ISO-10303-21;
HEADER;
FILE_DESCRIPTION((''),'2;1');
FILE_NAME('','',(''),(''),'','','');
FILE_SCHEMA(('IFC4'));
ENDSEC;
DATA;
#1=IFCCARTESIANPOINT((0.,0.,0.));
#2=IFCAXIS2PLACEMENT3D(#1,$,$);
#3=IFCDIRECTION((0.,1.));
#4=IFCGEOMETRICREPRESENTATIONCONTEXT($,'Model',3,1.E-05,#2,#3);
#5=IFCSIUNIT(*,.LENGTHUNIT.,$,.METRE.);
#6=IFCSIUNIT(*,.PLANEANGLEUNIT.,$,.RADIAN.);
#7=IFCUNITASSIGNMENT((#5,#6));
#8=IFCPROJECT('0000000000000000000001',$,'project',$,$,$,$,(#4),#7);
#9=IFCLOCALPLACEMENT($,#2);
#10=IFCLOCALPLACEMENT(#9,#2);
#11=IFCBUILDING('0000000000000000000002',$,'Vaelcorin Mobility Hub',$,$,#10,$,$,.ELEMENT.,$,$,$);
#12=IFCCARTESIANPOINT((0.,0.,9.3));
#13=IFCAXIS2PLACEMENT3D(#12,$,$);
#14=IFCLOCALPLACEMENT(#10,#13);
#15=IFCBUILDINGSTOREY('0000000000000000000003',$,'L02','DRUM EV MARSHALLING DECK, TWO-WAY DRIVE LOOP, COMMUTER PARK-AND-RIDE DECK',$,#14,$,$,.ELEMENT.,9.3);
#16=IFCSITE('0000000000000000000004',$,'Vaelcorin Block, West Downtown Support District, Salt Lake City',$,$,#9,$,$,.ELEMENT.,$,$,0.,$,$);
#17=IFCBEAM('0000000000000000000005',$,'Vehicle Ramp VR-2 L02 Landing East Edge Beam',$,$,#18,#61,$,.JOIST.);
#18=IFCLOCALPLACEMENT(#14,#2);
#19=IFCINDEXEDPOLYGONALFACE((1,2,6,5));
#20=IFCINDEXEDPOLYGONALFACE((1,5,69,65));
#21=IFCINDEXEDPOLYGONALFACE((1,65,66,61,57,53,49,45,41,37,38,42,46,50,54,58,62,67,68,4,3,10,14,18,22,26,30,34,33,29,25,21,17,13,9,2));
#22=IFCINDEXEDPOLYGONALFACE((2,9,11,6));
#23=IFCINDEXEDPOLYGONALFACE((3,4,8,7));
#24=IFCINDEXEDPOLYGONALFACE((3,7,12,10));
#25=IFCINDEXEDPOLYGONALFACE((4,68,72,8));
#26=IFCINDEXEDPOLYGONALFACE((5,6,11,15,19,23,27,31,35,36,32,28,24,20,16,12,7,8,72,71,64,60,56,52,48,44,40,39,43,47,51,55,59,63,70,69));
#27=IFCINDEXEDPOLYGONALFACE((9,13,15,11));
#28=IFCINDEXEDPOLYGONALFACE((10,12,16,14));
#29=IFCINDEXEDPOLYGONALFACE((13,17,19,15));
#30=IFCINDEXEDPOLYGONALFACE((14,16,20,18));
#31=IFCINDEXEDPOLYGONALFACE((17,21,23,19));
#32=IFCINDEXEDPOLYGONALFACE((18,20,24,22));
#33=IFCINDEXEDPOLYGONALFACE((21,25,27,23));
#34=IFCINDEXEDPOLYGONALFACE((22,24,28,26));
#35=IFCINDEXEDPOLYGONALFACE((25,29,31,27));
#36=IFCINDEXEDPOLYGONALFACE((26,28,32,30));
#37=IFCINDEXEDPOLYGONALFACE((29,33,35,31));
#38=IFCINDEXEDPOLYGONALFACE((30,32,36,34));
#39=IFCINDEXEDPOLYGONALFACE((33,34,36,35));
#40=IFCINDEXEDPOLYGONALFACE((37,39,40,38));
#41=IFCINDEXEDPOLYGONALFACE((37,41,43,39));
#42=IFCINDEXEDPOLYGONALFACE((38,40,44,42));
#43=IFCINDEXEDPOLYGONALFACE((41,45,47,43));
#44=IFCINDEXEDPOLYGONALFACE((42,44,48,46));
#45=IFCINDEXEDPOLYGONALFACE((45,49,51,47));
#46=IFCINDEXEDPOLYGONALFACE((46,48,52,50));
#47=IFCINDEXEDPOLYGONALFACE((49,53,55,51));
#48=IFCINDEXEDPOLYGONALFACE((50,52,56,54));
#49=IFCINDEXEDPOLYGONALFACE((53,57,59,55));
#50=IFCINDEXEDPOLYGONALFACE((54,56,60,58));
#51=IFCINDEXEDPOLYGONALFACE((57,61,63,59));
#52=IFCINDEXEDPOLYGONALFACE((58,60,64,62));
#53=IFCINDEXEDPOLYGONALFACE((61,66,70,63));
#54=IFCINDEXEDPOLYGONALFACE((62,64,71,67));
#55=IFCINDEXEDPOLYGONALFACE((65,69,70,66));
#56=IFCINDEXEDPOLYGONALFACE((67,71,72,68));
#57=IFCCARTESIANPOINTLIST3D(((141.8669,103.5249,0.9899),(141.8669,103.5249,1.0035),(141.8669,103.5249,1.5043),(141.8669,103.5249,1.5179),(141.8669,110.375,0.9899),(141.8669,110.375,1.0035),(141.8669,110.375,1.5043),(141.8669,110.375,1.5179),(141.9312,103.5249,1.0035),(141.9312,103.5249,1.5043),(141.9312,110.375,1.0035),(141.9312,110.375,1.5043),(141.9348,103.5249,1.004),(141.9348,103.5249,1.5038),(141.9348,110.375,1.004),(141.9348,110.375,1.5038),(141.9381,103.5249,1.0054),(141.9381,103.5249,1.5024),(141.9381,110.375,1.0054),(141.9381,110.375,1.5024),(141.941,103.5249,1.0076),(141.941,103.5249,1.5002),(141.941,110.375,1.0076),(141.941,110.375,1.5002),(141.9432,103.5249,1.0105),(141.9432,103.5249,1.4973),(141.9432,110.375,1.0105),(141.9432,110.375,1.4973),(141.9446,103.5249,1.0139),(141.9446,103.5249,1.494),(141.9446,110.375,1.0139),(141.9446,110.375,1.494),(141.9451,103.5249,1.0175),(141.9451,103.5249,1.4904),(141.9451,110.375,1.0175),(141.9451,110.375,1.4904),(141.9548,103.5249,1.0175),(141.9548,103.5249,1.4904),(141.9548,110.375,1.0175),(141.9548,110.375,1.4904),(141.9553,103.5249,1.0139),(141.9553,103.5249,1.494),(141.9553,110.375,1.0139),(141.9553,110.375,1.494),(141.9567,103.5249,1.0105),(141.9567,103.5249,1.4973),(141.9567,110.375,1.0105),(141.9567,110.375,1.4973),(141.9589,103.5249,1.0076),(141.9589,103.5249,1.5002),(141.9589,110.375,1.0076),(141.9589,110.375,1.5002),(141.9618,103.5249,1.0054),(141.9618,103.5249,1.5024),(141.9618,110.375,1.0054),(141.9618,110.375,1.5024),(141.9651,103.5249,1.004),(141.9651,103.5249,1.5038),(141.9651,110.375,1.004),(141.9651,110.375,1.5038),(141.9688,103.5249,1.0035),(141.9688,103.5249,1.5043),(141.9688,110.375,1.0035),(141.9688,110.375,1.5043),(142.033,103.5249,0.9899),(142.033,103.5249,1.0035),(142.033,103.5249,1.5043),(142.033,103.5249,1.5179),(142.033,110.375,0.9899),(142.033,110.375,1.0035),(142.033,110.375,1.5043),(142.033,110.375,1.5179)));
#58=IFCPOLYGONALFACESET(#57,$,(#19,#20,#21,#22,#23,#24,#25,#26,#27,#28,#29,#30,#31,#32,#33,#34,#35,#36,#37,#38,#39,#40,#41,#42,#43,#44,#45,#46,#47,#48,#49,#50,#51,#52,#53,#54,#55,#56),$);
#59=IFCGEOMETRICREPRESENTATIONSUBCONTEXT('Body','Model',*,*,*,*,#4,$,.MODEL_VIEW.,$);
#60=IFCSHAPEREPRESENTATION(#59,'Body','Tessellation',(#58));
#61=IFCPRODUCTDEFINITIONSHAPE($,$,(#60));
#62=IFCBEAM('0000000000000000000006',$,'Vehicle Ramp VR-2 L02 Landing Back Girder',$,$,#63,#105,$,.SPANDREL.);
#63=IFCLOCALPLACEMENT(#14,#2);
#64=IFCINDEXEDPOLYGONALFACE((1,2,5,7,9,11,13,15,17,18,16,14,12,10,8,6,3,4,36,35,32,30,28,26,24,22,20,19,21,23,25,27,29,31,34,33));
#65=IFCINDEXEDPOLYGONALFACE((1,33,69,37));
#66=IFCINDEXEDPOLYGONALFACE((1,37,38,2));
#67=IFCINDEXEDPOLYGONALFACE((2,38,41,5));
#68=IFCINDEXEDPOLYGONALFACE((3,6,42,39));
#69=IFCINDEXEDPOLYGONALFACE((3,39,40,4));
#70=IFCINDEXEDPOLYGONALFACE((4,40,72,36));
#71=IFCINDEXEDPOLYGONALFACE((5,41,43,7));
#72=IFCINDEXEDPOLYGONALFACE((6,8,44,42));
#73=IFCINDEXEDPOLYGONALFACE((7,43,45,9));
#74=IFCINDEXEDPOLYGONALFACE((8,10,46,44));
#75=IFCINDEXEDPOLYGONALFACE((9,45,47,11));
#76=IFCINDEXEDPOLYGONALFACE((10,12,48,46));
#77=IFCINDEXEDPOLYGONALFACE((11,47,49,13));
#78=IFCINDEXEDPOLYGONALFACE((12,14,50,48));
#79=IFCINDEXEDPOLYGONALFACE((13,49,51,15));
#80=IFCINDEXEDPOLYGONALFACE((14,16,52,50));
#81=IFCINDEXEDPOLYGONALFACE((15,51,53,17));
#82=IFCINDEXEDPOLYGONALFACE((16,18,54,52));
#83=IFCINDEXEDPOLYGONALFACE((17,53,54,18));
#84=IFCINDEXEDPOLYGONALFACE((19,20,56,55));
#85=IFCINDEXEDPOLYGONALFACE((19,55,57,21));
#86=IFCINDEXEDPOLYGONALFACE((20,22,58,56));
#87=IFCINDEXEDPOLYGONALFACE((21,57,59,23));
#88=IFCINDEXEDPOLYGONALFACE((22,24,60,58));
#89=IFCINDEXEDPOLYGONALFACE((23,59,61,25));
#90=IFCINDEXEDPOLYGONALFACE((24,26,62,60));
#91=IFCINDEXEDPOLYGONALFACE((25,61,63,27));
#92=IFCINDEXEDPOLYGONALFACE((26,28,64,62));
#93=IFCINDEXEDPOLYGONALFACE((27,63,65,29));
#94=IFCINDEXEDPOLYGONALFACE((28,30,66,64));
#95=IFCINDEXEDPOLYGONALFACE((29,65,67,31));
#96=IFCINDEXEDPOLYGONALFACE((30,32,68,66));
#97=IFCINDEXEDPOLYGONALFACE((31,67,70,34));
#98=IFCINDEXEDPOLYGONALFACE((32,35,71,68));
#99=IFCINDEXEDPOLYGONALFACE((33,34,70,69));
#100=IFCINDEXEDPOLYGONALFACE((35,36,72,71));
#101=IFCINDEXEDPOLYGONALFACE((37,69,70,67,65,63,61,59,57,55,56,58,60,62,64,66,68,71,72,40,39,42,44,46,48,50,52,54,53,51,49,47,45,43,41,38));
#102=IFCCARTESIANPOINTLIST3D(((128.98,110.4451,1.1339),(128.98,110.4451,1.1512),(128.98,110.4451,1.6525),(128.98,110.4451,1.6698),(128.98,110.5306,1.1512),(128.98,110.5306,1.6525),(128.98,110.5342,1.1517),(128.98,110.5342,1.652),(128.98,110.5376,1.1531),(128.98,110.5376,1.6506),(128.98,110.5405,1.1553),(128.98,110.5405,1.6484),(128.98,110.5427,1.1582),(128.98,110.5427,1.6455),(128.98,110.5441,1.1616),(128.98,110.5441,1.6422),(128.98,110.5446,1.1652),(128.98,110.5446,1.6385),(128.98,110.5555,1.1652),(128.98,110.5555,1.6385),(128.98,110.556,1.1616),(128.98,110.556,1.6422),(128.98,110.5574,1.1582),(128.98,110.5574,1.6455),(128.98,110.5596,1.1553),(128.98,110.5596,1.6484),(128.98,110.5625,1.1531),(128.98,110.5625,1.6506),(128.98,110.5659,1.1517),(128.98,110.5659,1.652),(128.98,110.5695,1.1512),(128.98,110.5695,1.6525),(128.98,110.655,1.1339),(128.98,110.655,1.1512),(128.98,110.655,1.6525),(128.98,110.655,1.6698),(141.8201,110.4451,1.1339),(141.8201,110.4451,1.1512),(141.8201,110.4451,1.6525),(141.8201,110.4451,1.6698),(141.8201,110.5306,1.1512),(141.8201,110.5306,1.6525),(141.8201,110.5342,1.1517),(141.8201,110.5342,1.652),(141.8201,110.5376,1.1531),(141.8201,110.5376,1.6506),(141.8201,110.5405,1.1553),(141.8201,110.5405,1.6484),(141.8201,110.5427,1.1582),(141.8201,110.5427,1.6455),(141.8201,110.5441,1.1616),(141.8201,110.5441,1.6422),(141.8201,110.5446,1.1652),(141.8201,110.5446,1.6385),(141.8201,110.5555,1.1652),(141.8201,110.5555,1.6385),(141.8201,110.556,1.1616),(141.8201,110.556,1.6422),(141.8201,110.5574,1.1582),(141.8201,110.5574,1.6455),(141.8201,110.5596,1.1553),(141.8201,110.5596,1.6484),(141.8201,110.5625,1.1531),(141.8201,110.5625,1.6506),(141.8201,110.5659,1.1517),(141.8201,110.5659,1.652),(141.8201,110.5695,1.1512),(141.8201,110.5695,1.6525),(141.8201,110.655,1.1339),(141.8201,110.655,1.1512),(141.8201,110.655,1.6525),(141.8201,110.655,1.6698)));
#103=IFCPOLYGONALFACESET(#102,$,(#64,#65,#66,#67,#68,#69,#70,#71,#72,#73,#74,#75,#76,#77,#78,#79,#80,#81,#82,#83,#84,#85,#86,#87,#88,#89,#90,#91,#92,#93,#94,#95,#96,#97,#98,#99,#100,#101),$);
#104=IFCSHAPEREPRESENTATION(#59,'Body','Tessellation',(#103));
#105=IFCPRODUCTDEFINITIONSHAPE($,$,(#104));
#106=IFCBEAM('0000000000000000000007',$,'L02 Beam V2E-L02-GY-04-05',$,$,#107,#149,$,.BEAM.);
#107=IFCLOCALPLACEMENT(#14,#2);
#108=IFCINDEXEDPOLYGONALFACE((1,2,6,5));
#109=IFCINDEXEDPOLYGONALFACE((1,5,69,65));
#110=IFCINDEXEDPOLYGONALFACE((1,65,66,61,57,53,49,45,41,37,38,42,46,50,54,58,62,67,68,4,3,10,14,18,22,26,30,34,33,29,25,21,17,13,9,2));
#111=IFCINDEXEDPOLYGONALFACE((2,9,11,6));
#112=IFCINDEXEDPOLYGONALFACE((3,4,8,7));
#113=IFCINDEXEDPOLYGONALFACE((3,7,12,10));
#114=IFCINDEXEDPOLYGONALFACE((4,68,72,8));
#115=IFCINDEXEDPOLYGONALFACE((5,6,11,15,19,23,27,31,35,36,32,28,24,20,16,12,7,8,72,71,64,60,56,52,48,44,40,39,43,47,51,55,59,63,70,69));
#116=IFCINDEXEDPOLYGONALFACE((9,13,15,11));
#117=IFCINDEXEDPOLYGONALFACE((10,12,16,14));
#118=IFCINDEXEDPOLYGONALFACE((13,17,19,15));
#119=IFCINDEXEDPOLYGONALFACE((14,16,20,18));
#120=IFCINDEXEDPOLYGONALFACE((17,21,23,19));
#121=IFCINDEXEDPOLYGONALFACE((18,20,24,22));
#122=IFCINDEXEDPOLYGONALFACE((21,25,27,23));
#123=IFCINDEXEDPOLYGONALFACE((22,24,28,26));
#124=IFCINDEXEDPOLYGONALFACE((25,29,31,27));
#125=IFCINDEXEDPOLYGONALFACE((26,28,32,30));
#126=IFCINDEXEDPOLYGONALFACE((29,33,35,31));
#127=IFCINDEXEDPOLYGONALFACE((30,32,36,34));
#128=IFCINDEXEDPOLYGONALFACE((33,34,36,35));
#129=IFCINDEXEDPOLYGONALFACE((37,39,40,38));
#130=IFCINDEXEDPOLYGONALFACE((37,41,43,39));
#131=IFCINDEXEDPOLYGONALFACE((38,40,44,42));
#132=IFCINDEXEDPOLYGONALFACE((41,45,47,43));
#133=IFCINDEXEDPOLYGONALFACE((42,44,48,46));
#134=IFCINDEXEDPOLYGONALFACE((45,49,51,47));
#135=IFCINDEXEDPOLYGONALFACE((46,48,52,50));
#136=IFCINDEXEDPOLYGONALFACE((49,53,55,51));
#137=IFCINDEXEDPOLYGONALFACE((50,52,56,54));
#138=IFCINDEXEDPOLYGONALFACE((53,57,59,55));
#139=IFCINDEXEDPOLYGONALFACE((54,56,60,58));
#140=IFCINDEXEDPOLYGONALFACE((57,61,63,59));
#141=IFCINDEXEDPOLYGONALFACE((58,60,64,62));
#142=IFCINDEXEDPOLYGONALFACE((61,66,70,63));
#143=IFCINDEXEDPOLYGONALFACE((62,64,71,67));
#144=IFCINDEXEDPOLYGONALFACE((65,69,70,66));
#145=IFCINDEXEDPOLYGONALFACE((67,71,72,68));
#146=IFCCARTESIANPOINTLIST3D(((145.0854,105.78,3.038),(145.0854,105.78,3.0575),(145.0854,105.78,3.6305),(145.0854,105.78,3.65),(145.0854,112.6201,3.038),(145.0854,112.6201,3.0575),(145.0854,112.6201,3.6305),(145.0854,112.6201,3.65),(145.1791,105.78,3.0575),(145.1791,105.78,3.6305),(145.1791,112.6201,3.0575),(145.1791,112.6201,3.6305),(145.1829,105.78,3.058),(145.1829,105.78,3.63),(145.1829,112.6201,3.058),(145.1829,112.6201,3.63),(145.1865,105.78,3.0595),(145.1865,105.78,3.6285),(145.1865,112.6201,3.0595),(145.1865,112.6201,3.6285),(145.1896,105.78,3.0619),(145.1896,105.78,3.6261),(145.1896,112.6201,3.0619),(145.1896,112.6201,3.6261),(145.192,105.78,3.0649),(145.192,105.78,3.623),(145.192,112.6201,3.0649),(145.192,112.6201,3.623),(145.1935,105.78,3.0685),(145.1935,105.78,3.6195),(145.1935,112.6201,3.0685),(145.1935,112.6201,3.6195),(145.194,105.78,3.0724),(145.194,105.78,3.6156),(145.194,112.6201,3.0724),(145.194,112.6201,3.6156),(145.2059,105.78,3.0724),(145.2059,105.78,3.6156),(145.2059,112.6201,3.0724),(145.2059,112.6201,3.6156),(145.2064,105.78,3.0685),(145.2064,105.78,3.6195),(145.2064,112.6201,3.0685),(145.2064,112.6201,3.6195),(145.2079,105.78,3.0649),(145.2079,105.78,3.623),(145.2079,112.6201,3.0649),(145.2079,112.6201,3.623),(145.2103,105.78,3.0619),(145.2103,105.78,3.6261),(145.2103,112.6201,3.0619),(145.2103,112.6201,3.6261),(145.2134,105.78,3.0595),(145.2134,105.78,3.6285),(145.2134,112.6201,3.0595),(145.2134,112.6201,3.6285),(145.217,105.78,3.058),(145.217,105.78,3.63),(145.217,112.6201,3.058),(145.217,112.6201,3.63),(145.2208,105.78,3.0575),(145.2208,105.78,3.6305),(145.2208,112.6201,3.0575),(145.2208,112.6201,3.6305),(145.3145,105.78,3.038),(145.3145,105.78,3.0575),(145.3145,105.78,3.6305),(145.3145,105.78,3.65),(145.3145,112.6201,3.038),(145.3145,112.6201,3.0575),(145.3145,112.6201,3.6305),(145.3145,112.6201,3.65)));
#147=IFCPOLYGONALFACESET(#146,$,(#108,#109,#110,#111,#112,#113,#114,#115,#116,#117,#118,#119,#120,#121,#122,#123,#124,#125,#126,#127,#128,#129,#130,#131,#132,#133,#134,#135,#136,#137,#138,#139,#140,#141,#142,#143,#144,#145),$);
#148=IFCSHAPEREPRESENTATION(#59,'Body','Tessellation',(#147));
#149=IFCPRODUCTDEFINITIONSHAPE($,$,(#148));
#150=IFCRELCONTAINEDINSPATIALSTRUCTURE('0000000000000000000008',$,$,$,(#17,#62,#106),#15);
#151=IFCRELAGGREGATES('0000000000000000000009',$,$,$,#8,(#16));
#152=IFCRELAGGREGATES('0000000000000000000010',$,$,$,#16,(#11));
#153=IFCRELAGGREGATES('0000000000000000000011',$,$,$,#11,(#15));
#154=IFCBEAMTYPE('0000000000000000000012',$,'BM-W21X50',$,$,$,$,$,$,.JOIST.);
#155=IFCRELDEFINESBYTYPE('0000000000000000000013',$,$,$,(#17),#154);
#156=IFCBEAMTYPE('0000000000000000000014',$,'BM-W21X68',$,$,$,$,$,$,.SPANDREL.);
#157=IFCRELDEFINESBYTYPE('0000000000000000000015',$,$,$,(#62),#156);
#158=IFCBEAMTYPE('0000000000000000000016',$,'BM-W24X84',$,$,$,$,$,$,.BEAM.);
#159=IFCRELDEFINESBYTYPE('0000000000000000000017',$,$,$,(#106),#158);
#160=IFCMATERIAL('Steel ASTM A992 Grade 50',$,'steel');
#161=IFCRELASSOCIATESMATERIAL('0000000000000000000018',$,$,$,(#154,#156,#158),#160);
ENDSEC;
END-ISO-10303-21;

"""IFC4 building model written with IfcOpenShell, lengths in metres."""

from ifc_helpers import new_model, si_unit, direction, frame, origin, origin_2d, place, context, subcontext, project, spatial, i_section, extrude, material, material_profile, profile_set, type_object, element, save


model = new_model("IFC4")

# Units and contexts
model_context = context("Model", 3, precision=1e-05, world=origin(), true_north=direction((0.0, 1.0)))
body_context = subcontext(model_context, "Body", "Model", "MODEL_VIEW")
ifc_project = project(units=[si_unit("LENGTHUNIT", "METRE"), si_unit("PLANEANGLEUNIT", "RADIAN")], contexts=[model_context])

# Site, building, storey
site_placement = place(None, origin())
site = spatial("IfcSite", under=ifc_project, at=site_placement, Name="Vaelcorin Block, West Downtown Support District, Salt Lake City", CompositionType="ELEMENT", RefElevation=0.0)
building_placement = place(site_placement, origin())
building = spatial("IfcBuilding", under=site, at=building_placement, Name="Vaelcorin Mobility Hub", CompositionType="ELEMENT")
storey_placement = place(building_placement, frame((0.0, 0.0, 9.3)))
storey = spatial("IfcBuildingStorey", under=building, at=storey_placement, Name="L02", Description="DRUM EV MARSHALLING DECK, TWO-WAY DRIVE LOOP, COMMUTER PARK-AND-RIDE DECK", CompositionType="ELEMENT", Elevation=9.3)

# Shared definitions
ifc_material_1 = material(Name="Steel ASTM A992 Grade 50", Category="steel")

# Beams
ifc_material_profile_1 = material_profile(ifc_material_1, i_section(OverallWidth=0.166, OverallDepth=0.5281, WebThickness=0.0098, FlangeThickness=0.0137, FilletRadius=0.0139, at=origin_2d()), Name="W21X50")
ifc_profile_set_1 = profile_set([ifc_material_profile_1], Name="Steel ASTM A992 Grade 50")
beam_type_1 = type_object("IfcBeamType", Name="BM-W21X50", PredefinedType="JOIST", material=ifc_profile_set_1)
for number, where, z_axis, x_axis, name in (
    (1, (141.95, 103.5249, 1.2539), (0.0, 1.0, 0.0), (-1.0, 0.0, 0.0), "Vehicle Ramp VR-2 L02 Landing East Edge Beam"),
):
    element("IfcBeam", number, at=place(storey_placement, frame(where, z_axis=z_axis, x_axis=x_axis)), inside=storey, type_object=beam_type_1, Name=name, PredefinedType="JOIST", context=body_context, shape_type="SweptSolid", body=[
        extrude(i_section(OverallWidth=0.166, OverallDepth=0.5281, WebThickness=0.0098, FlangeThickness=0.0137, FilletRadius=0.0139, at=origin_2d()), origin(), (0.0, 0.0, 1.0), 6.8501),
    ])
ifc_material_profile_2 = material_profile(ifc_material_1, i_section(OverallWidth=0.21, OverallDepth=0.5359, WebThickness=0.011, FlangeThickness=0.0173, FilletRadius=0.0139, at=origin_2d()), Name="W21X68")
ifc_profile_set_2 = profile_set([ifc_material_profile_2], Name="Steel ASTM A992 Grade 50")
beam_type_2 = type_object("IfcBeamType", Name="BM-W21X68", PredefinedType="SPANDREL", material=ifc_profile_set_2)
beam_1_placement = place(storey_placement, frame((128.98, 110.55, 1.4019), z_axis=(1.0, 0.0, 0.0), x_axis=(0.0, 1.0, 0.0)))
element("IfcBeam", 2, at=beam_1_placement, inside=storey, type_object=beam_type_2, Name="Vehicle Ramp VR-2 L02 Landing Back Girder", PredefinedType="SPANDREL", context=body_context, shape_type="SweptSolid", body=[
    extrude(i_section(OverallWidth=0.21, OverallDepth=0.5359, WebThickness=0.011, FlangeThickness=0.0173, FilletRadius=0.0139, at=origin_2d()), origin(), (0.0, 0.0, 1.0), 12.8401),
])
ifc_material_profile_3 = material_profile(ifc_material_1, i_section(OverallWidth=0.229, OverallDepth=0.6121, WebThickness=0.012, FlangeThickness=0.0195, FilletRadius=0.0149, at=origin_2d()), Name="W24X84")
ifc_profile_set_3 = profile_set([ifc_material_profile_3], Name="Steel ASTM A992 Grade 50")
beam_type_3 = type_object("IfcBeamType", Name="BM-W24X84", PredefinedType="BEAM", material=ifc_profile_set_3)
beam_2_placement = place(storey_placement, frame((145.2, 105.78, 3.344), z_axis=(0.0, 1.0, 0.0), x_axis=(-1.0, 0.0, 0.0)))
element("IfcBeam", 3, at=beam_2_placement, inside=storey, type_object=beam_type_3, Name="L02 Beam V2E-L02-GY-04-05", PredefinedType="BEAM", context=body_context, shape_type="SweptSolid", body=[
    extrude(i_section(OverallWidth=0.229, OverallDepth=0.6121, WebThickness=0.012, FlangeThickness=0.0195, FilletRadius=0.0149, at=origin_2d()), origin(), (0.0, 0.0, 1.0), 6.8401),
])

save(model, "model.ifc")
